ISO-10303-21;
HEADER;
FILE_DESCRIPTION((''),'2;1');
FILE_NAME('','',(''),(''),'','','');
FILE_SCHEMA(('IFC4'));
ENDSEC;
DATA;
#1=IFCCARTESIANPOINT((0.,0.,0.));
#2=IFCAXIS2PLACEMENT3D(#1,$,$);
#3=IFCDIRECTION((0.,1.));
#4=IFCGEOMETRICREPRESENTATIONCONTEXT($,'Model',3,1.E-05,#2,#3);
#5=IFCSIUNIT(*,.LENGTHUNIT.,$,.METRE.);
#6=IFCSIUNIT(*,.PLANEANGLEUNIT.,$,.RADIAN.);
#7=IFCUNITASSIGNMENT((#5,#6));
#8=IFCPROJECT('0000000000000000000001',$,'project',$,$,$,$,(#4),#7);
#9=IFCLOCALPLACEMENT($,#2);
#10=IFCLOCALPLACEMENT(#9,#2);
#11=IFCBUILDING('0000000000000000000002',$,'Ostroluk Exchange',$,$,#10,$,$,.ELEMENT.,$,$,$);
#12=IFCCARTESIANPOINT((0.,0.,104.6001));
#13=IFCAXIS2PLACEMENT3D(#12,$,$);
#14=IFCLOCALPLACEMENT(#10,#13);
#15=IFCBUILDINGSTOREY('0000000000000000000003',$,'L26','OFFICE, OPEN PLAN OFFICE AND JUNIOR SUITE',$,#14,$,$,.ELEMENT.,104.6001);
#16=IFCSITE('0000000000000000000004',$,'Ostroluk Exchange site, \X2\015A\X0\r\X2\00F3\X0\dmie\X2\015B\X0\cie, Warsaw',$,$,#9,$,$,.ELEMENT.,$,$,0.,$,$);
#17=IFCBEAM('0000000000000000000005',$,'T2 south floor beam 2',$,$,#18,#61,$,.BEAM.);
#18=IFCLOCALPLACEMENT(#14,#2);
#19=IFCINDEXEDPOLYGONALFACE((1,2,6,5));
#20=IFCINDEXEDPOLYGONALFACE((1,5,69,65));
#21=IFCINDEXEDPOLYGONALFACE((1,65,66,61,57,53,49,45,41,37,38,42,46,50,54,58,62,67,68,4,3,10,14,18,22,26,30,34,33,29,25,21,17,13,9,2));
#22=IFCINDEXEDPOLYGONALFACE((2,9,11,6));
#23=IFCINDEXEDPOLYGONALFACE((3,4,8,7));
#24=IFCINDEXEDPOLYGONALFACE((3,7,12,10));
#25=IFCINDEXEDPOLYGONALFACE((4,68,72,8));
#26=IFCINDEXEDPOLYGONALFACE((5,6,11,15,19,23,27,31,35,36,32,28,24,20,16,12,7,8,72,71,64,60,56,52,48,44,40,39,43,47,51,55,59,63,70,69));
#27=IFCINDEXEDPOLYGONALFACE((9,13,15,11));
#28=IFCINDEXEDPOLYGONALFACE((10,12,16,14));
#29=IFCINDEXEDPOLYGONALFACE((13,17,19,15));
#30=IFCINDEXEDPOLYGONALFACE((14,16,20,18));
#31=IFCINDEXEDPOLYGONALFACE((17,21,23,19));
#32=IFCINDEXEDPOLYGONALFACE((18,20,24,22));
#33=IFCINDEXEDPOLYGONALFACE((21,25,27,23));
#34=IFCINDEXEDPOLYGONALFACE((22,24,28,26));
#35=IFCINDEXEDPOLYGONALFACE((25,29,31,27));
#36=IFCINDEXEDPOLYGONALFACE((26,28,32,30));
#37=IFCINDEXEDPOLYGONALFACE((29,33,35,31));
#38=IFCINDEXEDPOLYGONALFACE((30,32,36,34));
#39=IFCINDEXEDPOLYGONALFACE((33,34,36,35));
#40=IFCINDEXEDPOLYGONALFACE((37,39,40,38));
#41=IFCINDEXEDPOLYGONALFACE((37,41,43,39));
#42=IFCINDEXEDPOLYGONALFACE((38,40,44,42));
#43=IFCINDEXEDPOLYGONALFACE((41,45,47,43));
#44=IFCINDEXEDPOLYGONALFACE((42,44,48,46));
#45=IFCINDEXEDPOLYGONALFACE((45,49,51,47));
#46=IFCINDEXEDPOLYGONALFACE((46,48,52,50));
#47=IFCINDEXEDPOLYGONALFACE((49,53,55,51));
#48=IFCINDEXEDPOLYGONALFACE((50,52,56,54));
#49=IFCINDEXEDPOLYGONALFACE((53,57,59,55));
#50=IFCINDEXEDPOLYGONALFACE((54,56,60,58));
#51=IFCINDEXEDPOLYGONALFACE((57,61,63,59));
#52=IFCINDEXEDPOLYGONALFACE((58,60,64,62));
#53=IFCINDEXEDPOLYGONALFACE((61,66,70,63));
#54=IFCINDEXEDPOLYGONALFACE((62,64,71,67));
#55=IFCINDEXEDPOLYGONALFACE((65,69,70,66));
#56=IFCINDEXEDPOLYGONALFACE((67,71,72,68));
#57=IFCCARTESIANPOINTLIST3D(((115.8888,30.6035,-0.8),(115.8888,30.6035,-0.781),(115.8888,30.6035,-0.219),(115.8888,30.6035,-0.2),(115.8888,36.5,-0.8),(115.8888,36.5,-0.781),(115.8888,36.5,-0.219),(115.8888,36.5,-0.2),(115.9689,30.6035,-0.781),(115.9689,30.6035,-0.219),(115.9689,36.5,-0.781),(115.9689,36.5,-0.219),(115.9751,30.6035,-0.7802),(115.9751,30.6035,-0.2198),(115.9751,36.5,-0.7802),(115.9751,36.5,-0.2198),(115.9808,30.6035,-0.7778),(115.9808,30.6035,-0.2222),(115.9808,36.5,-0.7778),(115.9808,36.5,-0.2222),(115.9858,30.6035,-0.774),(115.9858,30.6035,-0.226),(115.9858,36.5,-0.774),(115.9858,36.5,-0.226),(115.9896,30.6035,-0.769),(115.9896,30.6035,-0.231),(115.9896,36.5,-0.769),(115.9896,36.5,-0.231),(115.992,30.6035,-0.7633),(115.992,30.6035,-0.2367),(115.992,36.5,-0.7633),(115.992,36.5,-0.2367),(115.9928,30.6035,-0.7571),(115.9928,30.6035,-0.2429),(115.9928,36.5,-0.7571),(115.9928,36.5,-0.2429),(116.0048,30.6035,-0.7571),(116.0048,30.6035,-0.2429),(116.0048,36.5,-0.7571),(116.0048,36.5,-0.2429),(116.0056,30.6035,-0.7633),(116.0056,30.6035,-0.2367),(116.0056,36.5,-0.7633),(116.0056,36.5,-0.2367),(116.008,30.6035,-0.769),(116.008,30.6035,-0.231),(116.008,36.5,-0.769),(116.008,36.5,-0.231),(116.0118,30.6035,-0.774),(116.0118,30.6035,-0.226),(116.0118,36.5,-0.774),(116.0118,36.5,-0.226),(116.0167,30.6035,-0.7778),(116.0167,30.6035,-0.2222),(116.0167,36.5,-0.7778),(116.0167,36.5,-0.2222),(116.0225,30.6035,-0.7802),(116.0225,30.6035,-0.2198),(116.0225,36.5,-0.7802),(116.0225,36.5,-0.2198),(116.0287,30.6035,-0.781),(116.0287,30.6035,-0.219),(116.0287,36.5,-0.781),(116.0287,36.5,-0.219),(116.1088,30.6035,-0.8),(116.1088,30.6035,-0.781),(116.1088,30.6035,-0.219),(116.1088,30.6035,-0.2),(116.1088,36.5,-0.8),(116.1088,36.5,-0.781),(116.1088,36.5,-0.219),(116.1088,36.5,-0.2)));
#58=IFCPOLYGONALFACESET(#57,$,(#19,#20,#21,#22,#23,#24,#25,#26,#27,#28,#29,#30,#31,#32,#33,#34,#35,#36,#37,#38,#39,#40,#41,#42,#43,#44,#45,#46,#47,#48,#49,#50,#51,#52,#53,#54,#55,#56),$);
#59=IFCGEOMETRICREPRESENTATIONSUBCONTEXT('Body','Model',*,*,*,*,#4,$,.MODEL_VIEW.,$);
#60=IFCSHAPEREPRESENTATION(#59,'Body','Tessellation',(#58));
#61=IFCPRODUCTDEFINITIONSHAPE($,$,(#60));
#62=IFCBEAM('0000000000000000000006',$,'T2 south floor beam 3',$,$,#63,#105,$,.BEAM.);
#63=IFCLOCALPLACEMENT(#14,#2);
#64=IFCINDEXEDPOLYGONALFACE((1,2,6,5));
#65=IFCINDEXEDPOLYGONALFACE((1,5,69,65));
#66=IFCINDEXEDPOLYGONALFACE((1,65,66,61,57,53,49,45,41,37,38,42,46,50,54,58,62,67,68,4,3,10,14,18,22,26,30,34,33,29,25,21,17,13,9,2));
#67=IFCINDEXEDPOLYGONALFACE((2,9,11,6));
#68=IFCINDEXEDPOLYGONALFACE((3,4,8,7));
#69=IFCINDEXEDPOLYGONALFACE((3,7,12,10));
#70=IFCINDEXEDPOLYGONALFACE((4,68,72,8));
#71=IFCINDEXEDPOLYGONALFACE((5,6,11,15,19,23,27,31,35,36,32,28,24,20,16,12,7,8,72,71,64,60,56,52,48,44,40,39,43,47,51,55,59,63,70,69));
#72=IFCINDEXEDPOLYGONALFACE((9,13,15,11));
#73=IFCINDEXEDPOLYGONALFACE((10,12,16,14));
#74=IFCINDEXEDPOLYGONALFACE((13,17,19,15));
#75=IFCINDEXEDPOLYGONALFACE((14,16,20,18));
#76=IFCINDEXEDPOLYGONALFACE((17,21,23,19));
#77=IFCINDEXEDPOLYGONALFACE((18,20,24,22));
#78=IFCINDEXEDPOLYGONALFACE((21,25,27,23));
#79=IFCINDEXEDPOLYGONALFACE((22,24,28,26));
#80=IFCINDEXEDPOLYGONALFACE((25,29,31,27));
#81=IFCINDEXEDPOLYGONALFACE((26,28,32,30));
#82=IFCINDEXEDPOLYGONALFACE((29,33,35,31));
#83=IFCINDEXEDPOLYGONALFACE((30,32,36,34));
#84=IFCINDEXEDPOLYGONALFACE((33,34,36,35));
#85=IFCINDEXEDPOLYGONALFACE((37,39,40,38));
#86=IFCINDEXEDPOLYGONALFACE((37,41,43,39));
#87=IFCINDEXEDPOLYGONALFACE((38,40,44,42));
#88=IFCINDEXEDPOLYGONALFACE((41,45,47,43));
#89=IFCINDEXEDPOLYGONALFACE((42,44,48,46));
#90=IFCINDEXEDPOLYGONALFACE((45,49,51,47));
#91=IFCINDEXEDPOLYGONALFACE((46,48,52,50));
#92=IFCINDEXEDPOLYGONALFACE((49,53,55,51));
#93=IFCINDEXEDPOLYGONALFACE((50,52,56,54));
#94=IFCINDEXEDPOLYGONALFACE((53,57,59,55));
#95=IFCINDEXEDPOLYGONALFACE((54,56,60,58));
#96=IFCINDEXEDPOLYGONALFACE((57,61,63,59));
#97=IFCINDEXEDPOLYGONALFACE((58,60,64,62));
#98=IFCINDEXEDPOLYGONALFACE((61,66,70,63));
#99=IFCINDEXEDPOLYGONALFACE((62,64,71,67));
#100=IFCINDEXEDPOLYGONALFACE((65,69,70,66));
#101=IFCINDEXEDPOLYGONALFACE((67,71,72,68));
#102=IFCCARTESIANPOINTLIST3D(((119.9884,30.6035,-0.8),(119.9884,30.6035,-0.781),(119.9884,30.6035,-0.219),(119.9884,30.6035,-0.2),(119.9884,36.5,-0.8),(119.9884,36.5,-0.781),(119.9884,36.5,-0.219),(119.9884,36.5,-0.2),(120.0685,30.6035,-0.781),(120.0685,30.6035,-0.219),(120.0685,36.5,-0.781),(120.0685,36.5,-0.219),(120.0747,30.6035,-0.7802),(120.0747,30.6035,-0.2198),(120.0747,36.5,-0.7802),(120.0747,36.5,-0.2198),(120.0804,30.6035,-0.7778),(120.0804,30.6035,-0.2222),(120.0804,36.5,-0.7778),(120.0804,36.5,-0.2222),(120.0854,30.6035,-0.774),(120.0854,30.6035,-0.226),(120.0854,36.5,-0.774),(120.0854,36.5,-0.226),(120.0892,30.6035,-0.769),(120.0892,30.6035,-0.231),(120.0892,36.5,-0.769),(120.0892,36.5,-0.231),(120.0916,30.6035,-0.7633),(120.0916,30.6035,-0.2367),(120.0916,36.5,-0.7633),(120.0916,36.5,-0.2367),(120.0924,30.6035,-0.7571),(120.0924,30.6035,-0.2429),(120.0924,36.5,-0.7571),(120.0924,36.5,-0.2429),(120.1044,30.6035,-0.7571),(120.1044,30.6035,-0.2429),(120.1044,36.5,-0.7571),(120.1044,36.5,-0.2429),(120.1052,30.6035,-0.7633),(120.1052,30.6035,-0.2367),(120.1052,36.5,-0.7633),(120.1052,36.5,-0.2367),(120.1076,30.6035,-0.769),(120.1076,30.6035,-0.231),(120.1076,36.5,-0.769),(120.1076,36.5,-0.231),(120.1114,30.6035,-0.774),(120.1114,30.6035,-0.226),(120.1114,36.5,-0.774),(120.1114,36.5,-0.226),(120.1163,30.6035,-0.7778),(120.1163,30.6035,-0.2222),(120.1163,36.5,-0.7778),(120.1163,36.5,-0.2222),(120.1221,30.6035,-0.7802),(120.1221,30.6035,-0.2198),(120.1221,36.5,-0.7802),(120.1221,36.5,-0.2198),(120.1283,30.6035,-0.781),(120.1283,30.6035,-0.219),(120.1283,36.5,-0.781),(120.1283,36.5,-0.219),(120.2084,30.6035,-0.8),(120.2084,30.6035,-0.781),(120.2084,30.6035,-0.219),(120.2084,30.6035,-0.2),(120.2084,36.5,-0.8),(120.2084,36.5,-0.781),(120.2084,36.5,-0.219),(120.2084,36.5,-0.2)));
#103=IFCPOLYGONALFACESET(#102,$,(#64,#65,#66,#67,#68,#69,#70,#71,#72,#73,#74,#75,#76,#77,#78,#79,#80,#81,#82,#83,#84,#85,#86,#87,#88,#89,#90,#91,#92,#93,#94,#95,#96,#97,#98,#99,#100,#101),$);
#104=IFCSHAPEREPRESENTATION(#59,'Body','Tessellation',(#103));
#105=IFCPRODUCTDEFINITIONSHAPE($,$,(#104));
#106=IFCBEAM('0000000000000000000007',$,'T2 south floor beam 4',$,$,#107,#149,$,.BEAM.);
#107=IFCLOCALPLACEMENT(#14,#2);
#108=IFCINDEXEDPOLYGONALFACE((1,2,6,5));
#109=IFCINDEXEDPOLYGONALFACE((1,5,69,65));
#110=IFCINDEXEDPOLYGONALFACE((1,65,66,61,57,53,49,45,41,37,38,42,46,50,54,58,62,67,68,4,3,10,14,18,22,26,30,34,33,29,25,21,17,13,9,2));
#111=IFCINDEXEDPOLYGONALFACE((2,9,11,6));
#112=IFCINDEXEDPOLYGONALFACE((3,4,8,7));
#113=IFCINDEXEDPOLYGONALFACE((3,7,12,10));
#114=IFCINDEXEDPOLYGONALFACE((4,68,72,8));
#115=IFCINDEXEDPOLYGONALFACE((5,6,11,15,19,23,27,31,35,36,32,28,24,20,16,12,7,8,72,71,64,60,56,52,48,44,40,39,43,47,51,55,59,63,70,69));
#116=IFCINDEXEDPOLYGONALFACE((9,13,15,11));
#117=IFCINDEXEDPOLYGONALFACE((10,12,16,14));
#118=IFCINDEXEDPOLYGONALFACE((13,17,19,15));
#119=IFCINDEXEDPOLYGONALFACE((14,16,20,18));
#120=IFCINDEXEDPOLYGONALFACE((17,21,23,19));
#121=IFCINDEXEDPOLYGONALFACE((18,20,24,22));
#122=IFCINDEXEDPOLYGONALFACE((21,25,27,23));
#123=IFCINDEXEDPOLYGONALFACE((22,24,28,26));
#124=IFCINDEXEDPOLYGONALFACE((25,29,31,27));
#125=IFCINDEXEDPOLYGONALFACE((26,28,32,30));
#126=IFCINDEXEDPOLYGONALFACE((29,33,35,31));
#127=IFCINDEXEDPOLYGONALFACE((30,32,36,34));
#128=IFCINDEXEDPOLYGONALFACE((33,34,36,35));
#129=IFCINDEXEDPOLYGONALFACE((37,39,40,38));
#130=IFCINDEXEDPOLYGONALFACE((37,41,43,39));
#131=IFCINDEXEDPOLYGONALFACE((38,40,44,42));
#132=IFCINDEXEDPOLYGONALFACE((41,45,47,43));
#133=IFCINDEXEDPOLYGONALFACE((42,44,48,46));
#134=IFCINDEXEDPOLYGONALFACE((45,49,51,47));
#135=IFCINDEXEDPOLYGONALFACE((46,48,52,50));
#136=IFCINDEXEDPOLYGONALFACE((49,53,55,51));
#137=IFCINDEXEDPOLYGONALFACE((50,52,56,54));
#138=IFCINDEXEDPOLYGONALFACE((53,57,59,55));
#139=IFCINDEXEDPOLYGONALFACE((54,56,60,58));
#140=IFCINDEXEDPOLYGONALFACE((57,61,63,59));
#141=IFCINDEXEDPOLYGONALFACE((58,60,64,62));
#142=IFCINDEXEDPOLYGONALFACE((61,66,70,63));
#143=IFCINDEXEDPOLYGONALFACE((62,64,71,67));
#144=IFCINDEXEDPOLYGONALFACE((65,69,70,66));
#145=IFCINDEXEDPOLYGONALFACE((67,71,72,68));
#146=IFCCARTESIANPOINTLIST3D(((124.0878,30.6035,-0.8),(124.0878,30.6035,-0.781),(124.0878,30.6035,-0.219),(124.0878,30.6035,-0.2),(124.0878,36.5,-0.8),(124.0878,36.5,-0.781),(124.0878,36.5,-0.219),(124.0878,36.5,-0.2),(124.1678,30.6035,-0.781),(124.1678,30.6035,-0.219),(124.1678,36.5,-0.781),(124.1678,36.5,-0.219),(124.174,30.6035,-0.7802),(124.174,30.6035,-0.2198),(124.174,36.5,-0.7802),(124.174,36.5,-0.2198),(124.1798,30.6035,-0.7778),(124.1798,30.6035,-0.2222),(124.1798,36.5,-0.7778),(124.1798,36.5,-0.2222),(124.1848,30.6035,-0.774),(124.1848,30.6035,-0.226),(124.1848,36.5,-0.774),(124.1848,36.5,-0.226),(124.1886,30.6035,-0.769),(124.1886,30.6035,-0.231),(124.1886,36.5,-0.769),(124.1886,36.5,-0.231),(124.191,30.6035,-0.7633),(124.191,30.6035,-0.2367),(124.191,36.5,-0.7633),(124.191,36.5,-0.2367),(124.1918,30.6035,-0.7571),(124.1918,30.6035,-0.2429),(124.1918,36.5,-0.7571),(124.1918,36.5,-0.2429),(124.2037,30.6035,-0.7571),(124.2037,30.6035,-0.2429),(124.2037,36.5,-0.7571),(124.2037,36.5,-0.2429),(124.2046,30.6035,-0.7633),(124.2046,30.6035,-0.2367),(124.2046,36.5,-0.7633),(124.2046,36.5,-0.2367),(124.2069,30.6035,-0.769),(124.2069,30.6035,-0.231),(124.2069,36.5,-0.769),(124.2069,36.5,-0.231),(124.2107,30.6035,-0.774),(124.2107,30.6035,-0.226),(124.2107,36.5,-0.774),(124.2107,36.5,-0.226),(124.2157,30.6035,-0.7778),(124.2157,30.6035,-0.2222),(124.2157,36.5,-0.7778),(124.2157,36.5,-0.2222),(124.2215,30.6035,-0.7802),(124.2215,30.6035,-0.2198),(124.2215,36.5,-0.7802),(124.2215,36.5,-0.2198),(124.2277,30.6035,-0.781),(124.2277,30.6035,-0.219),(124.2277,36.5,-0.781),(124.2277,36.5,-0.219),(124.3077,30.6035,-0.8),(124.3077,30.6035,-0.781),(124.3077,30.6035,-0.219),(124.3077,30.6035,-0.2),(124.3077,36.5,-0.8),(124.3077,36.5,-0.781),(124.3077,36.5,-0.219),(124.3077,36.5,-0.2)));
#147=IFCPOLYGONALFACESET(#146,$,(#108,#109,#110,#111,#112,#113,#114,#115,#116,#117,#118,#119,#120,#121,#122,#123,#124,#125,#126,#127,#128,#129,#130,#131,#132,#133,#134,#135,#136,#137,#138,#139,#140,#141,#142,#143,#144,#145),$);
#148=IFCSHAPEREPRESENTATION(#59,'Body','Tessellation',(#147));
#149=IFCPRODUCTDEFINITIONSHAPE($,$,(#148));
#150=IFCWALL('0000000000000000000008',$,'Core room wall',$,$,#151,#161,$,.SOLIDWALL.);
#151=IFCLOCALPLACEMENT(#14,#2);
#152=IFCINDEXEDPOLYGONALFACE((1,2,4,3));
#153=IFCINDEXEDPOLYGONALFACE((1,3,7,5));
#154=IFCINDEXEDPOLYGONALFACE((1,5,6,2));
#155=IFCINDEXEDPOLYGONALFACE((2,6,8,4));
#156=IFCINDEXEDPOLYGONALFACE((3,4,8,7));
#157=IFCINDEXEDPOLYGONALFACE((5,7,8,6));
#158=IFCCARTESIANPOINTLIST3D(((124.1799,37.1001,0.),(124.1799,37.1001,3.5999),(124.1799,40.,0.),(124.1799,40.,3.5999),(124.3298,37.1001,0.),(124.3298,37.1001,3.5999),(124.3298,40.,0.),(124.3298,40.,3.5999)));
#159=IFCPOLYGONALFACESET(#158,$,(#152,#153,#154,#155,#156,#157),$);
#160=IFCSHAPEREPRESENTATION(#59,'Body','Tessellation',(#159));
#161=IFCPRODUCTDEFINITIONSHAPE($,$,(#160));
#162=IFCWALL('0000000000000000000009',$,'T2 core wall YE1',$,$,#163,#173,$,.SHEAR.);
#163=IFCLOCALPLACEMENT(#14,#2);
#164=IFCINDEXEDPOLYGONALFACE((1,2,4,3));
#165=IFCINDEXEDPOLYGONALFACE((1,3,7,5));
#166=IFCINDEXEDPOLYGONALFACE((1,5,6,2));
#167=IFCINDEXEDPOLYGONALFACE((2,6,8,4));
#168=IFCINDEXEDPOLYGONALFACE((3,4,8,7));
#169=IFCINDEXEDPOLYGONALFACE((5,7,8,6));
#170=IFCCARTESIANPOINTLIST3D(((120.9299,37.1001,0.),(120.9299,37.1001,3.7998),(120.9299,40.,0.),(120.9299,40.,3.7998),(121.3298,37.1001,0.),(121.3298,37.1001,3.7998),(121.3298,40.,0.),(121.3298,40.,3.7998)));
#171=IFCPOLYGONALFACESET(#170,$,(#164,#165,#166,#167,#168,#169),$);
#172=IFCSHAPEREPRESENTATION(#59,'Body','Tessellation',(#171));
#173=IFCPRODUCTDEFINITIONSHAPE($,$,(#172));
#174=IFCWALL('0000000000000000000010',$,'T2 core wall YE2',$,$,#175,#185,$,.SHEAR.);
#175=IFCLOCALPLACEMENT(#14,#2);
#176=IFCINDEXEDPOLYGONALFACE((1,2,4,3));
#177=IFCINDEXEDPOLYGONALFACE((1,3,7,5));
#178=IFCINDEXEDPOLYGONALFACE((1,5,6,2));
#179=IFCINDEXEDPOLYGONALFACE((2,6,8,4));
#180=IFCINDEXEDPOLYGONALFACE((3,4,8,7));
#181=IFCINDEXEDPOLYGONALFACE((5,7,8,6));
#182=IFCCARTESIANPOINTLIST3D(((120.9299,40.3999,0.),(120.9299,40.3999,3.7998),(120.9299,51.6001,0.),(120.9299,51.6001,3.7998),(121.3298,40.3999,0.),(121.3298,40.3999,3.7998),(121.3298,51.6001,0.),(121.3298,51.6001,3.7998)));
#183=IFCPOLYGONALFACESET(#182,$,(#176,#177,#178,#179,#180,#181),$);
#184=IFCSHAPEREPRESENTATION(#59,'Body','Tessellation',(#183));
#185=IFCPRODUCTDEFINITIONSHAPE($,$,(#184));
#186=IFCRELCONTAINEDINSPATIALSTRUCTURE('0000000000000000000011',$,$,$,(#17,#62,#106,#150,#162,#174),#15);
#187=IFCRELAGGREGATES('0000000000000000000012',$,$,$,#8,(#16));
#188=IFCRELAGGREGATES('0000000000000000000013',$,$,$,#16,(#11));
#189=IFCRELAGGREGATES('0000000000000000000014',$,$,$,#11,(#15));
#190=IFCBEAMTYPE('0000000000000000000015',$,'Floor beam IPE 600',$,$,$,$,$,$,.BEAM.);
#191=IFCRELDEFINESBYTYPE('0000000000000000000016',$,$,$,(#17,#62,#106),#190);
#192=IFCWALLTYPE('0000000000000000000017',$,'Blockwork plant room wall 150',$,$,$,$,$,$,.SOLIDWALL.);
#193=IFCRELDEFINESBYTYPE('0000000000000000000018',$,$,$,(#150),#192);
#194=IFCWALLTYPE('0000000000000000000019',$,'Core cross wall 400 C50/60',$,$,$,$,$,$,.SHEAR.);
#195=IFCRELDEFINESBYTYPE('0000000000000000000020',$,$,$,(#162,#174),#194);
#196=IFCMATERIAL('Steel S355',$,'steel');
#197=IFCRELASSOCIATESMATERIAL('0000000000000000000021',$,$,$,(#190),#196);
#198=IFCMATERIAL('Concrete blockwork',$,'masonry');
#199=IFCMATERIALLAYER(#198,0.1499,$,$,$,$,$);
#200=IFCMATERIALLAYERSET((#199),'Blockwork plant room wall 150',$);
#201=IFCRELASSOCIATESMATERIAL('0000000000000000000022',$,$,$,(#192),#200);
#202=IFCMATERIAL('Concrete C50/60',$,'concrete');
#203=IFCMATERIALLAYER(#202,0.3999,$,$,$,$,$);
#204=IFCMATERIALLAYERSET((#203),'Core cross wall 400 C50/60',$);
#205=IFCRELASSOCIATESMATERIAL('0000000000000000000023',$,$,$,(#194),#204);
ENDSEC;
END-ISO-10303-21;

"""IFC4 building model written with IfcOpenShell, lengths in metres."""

from ifc_helpers import new_model, si_unit, direction, frame, frame_2d, origin, origin_2d, place, context, subcontext, project, spatial, rectangle, i_section, extrude, material, layer, layer_set, material_profile, profile_set, type_object, element, save


model = new_model("IFC4")

# Units and contexts
model_context = context("Model", 3, precision=1e-05, world=origin(), true_north=direction((0.0, 1.0)))
body_context = subcontext(model_context, "Body", "Model", "MODEL_VIEW")
ifc_project = project(units=[si_unit("LENGTHUNIT", "METRE"), si_unit("PLANEANGLEUNIT", "RADIAN")], contexts=[model_context])

# Site, building, storey
site_placement = place(None, origin())
site = spatial("IfcSite", under=ifc_project, at=site_placement, Name="Ostroluk Exchange site, Śródmieście, Warsaw", CompositionType="ELEMENT", RefElevation=0.0)
building_placement = place(site_placement, origin())
building = spatial("IfcBuilding", under=site, at=building_placement, Name="Ostroluk Exchange", CompositionType="ELEMENT")
storey_placement = place(building_placement, frame((0.0, 0.0, 104.6001)))
storey = spatial("IfcBuildingStorey", under=building, at=storey_placement, Name="L26", Description="OFFICE, OPEN PLAN OFFICE AND JUNIOR SUITE", CompositionType="ELEMENT", Elevation=104.6001)

# Beams
ifc_material_1 = material(Name="Steel S355", Category="steel")
ifc_material_profile = material_profile(ifc_material_1, i_section(OverallWidth=0.22, OverallDepth=0.6001, WebThickness=0.012, FlangeThickness=0.019, FilletRadius=0.0239, at=origin_2d()), Name="IPE 600")
ifc_profile_set = profile_set([ifc_material_profile], Name="Steel S355")
beam_type = type_object("IfcBeamType", Name="Floor beam IPE 600", PredefinedType="BEAM", material=ifc_profile_set)
for number, where, z_axis, x_axis, name in (
    (1, (115.9988, 36.5, -0.5), (0.0, -1.0, 0.0), (1.0, 0.0, 0.0), "T2 south floor beam 2"),
    (2, (120.0984, 36.5, -0.5), (0.0, -1.0, 0.0), (1.0, 0.0, 0.0), "T2 south floor beam 3"),
    (3, (124.1978, 36.5, -0.5), (0.0, -1.0, 0.0), (1.0, 0.0, 0.0), "T2 south floor beam 4"),
):
    element("IfcBeam", number, at=place(storey_placement, frame(where, z_axis=z_axis, x_axis=x_axis)), inside=storey, type_object=beam_type, Name=name, PredefinedType="BEAM", context=body_context, shape_type="SweptSolid", body=[
        extrude(i_section(OverallWidth=0.22, OverallDepth=0.6001, WebThickness=0.012, FlangeThickness=0.019, FilletRadius=0.0239, at=origin_2d()), origin(), (0.0, 0.0, 1.0), 5.8965),
    ])

# Walls
ifc_material_2 = material(Name="Concrete blockwork", Category="masonry")
ifc_layer_1 = layer(ifc_material_2, 0.1499)
ifc_layer_set_1 = layer_set([ifc_layer_1], Name="Blockwork plant room wall 150")
wall_type_1 = type_object("IfcWallType", Name="Blockwork plant room wall 150", PredefinedType="SOLIDWALL", material=ifc_layer_set_1)
wall_1_placement = place(storey_placement, frame((124.2549, 37.1001, 0.0), z_axis=(0.0, 0.0, 1.0), x_axis=(0.0, 1.0, 0.0)))
element("IfcWall", 4, at=wall_1_placement, inside=storey, type_object=wall_type_1, Name="Core room wall", PredefinedType="SOLIDWALL", context=body_context, shape_type="SweptSolid", body=[
    extrude(rectangle(XDim=2.8999, YDim=0.1499, at=frame_2d((1.45, 0.0))), origin(), (0.0, 0.0, 1.0), 3.5999),
])
ifc_material_3 = material(Name="Concrete C50/60", Category="concrete")
ifc_layer_2 = layer(ifc_material_3, 0.3999)
ifc_layer_set_2 = layer_set([ifc_layer_2], Name="Core cross wall 400 C50/60")
wall_type_2 = type_object("IfcWallType", Name="Core cross wall 400 C50/60", PredefinedType="SHEAR", material=ifc_layer_set_2)
wall_2_placement = place(storey_placement, frame((121.1299, 37.1001, 0.0), z_axis=(0.0, 0.0, 1.0), x_axis=(0.0, 1.0, 0.0)))
element("IfcWall", 5, at=wall_2_placement, inside=storey, type_object=wall_type_2, Name="T2 core wall YE1", PredefinedType="SHEAR", context=body_context, shape_type="SweptSolid", body=[
    extrude(rectangle(XDim=2.8999, YDim=0.3999, at=frame_2d((1.45, 0.0))), origin(), (0.0, 0.0, 1.0), 3.7998),
])
wall_3_placement = place(storey_placement, frame((121.1299, 40.3999, 0.0), z_axis=(0.0, 0.0, 1.0), x_axis=(0.0, 1.0, 0.0)))
element("IfcWall", 6, at=wall_3_placement, inside=storey, type_object=wall_type_2, Name="T2 core wall YE2", PredefinedType="SHEAR", context=body_context, shape_type="SweptSolid", body=[
    extrude(rectangle(XDim=11.2002, YDim=0.3999, at=frame_2d((5.6001, 0.0))), origin(), (0.0, 0.0, 1.0), 3.7998),
])

save(model, "model.ifc")
